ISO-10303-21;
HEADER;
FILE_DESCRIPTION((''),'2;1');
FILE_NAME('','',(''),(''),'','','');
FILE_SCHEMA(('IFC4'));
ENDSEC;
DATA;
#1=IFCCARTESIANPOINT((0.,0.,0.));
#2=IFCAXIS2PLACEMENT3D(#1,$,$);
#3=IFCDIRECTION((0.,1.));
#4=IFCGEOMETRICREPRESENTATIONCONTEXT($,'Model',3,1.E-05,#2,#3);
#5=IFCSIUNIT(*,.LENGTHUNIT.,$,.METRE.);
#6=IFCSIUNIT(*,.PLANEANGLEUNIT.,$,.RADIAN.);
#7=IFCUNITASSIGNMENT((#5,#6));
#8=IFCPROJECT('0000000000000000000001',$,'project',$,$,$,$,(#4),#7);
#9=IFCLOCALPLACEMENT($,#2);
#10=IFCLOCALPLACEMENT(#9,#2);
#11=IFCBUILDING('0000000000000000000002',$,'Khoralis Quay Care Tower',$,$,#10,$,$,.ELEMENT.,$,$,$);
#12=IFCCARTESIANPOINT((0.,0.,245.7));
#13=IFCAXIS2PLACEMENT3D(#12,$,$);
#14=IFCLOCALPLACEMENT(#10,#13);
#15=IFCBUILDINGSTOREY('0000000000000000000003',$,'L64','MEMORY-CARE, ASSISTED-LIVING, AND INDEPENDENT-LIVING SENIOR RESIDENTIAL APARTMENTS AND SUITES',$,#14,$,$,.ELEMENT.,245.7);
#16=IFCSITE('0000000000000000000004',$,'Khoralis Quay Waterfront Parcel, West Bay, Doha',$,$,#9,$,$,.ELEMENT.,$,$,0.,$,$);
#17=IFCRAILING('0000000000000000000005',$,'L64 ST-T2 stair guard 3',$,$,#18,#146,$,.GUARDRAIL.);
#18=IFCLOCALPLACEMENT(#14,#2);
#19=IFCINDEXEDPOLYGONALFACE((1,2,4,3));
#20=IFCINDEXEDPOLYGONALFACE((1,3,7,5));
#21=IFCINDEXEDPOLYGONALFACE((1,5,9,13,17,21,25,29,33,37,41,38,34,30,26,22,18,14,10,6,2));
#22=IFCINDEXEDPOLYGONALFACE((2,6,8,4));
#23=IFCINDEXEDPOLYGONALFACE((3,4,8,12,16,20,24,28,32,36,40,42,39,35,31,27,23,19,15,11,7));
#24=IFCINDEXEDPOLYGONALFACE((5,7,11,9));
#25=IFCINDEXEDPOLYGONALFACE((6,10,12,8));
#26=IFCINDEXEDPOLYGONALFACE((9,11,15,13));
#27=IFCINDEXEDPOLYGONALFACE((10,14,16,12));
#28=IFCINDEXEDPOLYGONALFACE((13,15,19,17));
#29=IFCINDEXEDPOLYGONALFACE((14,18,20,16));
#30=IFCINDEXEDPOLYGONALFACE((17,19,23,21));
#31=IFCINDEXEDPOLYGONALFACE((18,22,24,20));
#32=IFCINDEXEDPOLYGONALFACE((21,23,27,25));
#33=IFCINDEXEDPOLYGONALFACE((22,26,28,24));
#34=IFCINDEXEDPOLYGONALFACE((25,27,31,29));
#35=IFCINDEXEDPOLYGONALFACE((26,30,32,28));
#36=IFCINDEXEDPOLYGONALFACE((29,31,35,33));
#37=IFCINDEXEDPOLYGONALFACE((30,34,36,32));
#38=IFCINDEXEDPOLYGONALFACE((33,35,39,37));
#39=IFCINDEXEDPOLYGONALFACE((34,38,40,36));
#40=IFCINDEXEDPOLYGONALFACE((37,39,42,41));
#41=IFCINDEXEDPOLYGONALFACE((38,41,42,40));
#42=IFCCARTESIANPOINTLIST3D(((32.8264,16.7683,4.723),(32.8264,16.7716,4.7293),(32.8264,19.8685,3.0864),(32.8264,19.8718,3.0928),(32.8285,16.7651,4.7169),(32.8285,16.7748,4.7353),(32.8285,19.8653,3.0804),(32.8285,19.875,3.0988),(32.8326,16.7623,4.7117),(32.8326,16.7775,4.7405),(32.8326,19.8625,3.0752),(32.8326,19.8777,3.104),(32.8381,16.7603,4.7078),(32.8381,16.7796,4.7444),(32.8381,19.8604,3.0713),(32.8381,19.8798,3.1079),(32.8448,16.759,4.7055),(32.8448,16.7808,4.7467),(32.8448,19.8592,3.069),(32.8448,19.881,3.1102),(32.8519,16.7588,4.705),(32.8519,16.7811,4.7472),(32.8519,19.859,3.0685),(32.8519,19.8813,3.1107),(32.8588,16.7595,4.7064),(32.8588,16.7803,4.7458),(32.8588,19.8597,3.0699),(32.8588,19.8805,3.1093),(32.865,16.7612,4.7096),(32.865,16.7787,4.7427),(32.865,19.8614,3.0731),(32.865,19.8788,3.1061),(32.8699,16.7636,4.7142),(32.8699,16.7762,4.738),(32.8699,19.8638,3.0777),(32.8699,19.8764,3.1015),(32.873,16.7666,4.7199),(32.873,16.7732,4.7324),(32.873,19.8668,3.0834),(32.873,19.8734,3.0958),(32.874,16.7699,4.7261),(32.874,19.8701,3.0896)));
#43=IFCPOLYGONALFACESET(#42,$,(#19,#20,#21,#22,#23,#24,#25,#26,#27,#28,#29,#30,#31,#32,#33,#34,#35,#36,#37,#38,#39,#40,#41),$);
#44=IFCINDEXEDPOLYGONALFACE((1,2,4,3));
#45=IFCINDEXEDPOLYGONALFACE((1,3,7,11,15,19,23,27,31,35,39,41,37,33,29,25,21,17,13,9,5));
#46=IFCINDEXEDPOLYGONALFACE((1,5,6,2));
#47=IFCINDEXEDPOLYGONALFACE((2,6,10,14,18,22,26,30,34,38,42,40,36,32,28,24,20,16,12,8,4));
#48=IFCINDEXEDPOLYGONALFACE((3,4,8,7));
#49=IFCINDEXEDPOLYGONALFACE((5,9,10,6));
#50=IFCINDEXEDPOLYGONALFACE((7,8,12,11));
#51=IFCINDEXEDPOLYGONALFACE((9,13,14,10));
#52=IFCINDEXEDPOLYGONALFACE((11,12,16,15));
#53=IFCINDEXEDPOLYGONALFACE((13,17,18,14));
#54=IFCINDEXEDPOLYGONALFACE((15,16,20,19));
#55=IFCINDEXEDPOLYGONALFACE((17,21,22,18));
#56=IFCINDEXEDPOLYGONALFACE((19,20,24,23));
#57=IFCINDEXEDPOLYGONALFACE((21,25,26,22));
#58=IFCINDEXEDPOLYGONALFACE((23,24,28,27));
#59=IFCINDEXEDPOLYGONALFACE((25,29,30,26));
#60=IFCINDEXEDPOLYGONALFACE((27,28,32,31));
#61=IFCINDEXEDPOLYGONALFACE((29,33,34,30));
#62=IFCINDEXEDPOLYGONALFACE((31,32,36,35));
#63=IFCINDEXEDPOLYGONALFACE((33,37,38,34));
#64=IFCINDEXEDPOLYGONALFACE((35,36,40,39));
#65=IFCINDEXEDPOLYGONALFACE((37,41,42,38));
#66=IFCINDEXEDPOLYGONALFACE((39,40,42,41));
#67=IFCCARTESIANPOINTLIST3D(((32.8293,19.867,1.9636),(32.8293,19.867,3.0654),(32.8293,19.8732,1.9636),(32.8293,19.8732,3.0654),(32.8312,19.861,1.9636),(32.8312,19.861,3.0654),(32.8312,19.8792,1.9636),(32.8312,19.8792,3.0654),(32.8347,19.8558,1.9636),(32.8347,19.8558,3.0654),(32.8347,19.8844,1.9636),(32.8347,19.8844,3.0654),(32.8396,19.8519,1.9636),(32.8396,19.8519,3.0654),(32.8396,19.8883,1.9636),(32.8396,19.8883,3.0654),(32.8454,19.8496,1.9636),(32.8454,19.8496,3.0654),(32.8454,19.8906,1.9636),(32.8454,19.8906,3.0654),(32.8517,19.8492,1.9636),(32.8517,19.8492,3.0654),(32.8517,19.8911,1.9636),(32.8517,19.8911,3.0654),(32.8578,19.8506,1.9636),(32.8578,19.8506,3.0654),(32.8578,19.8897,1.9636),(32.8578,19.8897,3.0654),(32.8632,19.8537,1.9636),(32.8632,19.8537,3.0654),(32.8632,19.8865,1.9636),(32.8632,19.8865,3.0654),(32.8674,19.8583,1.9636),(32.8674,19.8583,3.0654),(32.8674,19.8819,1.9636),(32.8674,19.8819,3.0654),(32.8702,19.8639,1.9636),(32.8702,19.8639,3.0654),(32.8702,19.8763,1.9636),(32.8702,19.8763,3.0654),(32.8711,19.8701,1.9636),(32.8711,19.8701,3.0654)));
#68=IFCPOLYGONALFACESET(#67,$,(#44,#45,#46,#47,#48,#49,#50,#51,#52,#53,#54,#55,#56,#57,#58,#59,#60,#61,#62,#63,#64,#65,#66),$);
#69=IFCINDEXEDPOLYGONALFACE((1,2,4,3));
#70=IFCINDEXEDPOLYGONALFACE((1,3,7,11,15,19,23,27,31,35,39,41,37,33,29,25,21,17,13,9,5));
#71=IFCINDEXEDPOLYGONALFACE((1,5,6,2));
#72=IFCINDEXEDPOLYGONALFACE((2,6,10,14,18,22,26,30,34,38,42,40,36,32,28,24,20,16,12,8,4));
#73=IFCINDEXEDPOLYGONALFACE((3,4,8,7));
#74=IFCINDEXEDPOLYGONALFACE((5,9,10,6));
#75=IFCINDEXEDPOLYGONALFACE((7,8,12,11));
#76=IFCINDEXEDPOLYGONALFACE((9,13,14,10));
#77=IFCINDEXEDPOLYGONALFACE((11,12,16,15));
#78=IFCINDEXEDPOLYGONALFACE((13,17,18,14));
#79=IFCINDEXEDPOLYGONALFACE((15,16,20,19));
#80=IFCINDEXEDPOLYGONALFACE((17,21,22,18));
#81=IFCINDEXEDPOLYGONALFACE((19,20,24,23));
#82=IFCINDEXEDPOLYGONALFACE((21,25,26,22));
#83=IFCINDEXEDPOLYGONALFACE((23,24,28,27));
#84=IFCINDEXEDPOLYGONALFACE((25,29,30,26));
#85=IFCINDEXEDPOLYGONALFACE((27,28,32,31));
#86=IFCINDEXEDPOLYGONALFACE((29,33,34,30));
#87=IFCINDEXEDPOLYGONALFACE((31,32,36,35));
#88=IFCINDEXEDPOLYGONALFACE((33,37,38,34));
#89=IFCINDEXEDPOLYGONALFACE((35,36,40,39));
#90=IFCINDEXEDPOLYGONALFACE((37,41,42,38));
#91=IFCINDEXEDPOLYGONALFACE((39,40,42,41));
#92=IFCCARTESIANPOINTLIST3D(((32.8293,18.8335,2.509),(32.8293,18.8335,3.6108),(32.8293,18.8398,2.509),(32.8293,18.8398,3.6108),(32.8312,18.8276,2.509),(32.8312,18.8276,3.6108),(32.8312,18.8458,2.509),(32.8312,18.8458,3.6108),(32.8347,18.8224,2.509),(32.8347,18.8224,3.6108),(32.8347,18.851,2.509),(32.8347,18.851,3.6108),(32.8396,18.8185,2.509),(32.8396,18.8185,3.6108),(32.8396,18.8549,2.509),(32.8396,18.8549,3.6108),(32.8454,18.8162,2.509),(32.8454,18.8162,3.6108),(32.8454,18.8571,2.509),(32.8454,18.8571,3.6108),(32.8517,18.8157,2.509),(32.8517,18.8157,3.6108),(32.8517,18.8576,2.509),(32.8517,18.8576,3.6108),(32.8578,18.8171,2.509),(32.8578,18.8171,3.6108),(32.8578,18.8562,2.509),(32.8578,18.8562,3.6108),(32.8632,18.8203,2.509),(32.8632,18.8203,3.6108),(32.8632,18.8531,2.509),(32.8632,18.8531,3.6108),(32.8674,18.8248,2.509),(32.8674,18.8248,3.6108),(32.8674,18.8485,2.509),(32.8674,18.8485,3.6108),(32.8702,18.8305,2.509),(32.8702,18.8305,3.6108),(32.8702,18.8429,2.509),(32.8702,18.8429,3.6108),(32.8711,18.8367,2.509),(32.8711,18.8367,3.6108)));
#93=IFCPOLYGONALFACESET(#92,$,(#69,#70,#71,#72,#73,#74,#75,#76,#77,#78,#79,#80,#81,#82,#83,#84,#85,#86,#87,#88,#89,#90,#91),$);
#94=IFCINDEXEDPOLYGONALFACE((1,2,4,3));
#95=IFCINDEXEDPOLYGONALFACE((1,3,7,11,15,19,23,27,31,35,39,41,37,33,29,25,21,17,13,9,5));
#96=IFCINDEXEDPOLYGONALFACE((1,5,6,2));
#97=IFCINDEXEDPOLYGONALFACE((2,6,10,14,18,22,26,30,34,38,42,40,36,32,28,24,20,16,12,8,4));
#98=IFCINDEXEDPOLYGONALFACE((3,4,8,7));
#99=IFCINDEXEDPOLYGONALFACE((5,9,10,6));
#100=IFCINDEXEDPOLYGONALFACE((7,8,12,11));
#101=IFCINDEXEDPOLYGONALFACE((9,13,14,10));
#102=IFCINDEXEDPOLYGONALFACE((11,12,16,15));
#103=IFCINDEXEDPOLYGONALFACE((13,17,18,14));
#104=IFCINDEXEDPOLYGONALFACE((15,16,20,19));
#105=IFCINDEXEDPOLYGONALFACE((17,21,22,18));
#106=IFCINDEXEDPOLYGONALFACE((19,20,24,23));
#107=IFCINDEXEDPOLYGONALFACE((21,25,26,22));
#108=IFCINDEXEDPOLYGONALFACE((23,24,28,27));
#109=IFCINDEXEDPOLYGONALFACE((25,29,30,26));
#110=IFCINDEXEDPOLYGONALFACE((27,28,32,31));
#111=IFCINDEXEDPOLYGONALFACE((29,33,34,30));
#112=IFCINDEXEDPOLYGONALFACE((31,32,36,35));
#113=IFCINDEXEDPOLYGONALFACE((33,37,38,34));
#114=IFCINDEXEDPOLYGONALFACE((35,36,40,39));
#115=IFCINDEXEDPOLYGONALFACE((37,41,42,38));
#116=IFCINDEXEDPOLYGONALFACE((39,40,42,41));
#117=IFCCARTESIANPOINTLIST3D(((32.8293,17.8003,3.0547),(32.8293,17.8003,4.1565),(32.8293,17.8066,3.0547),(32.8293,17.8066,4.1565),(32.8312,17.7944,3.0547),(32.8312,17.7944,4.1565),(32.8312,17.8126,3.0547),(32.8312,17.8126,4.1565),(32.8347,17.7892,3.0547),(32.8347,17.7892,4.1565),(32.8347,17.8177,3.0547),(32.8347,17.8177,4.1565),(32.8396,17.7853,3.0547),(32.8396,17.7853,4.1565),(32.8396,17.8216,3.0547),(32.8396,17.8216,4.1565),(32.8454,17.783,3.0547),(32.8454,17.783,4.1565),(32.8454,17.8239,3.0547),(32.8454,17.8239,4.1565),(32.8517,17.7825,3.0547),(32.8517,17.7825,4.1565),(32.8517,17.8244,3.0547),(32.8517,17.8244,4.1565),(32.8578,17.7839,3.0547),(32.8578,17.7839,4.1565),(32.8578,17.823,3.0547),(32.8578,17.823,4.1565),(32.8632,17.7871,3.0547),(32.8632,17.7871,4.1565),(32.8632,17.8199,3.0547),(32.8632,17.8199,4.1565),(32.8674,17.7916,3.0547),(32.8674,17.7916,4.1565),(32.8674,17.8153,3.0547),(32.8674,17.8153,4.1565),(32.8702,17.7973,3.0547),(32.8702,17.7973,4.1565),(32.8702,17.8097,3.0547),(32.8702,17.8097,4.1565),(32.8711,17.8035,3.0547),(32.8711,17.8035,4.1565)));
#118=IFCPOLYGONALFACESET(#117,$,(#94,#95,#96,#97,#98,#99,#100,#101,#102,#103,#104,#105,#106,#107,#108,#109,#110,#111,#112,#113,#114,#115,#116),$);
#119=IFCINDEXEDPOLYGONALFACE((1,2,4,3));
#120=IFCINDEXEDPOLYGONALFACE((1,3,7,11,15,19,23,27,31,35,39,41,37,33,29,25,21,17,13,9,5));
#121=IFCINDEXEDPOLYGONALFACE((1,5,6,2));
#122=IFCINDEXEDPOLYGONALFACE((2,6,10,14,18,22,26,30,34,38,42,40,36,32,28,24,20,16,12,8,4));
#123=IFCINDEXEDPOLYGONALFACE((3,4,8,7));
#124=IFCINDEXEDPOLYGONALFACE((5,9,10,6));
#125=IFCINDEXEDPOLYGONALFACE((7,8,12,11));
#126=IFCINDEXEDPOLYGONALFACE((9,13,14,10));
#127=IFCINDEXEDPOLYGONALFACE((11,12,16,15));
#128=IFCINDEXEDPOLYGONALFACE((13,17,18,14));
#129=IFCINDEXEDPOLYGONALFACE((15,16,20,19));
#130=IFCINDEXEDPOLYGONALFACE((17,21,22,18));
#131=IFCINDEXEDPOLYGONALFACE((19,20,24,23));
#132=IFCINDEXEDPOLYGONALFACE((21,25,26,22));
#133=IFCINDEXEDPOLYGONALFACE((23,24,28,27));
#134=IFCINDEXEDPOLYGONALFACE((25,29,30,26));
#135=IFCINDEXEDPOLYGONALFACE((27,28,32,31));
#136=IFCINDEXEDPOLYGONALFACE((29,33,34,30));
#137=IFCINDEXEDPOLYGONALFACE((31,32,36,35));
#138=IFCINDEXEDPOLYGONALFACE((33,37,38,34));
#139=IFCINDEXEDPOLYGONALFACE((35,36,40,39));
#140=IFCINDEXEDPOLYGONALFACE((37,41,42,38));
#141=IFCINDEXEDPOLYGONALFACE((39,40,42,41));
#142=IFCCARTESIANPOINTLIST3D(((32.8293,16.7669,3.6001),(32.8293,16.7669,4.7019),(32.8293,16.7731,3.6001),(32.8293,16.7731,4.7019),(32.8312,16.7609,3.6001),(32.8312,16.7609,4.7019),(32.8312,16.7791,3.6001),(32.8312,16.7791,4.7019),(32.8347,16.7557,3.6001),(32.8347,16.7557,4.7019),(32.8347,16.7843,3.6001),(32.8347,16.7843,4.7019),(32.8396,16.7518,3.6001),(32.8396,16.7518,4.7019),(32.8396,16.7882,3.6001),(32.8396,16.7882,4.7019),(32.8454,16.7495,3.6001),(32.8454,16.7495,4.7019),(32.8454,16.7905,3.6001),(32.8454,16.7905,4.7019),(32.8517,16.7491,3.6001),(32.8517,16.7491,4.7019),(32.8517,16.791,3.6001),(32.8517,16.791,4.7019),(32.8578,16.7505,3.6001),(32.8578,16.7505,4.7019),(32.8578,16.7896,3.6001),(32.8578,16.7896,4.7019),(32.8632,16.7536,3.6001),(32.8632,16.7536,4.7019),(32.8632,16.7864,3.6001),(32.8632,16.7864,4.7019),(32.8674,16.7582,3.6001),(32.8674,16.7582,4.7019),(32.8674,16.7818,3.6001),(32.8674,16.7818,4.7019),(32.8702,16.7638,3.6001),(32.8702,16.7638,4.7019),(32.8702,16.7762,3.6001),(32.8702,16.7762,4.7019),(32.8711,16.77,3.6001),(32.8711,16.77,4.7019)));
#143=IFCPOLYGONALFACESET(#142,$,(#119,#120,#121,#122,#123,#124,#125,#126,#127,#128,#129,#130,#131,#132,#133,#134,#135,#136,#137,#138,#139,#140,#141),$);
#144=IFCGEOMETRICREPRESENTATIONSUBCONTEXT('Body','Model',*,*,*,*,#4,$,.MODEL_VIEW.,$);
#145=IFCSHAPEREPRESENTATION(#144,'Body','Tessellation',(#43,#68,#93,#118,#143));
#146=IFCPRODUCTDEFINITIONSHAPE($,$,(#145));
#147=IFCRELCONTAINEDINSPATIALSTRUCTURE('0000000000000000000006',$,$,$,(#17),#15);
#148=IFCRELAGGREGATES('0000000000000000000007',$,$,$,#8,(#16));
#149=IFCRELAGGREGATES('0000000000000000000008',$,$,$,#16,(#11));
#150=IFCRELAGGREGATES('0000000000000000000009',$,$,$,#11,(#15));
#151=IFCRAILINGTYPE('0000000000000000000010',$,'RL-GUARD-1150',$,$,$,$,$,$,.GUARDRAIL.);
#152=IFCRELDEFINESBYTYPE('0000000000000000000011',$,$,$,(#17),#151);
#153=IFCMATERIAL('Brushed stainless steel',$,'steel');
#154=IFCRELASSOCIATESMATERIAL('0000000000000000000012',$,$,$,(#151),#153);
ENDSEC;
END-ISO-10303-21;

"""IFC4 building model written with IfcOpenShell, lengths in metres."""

from ifc_helpers import new_model, si_unit, direction, frame, origin, origin_2d, place, context, subcontext, project, spatial, circle, extrude, material, type_object, element, save


model = new_model("IFC4")

# Units and contexts
model_context = context("Model", 3, precision=1e-05, world=origin(), true_north=direction((0.0, 1.0)))
body_context = subcontext(model_context, "Body", "Model", "MODEL_VIEW")
ifc_project = project(units=[si_unit("LENGTHUNIT", "METRE"), si_unit("PLANEANGLEUNIT", "RADIAN")], contexts=[model_context])

# Site, building, storey
site_placement = place(None, origin())
site = spatial("IfcSite", under=ifc_project, at=site_placement, Name="Khoralis Quay Waterfront Parcel, West Bay, Doha", CompositionType="ELEMENT", RefElevation=0.0)
building_placement = place(site_placement, origin())
building = spatial("IfcBuilding", under=site, at=building_placement, Name="Khoralis Quay Care Tower", CompositionType="ELEMENT")
storey_placement = place(building_placement, frame((0.0, 0.0, 245.7)))
storey = spatial("IfcBuildingStorey", under=building, at=storey_placement, Name="L64", Description="MEMORY-CARE, ASSISTED-LIVING, AND INDEPENDENT-LIVING SENIOR RESIDENTIAL APARTMENTS AND SUITES", CompositionType="ELEMENT", Elevation=245.7)

# Shared definitions
ifc_material_1 = material(Name="Brushed stainless steel", Category="steel")

# Railing
railing_type_1 = type_object("IfcRailingType", Name="RL-GUARD-1150", PredefinedType="GUARDRAIL", material=ifc_material_1)
railing_1_placement = place(storey_placement, frame((32.8501, 19.8701, 1.9636)))
element("IfcRailing", 1, at=railing_1_placement, inside=storey, type_object=railing_type_1, Name="L64 ST-T2 stair guard 3", PredefinedType="GUARDRAIL", context=body_context, shape_type="SweptSolid", body=[
    extrude(circle(Radius=0.0239, at=origin_2d()), frame((0.0, 0.0, 1.126), z_axis=(0.0, -0.884348, 0.466828), x_axis=(1.0, 0.0, 0.0)), (0.0, 0.0, 1.0), 3.5056),
    extrude(circle(Radius=0.021, at=origin_2d()), origin(), (0.0, 0.0, 1.0), 1.1018),
    extrude(circle(Radius=0.021, at=origin_2d()), frame((0.0, -1.0334, 0.5454)), (0.0, 0.0, 1.0), 1.1018),
    extrude(circle(Radius=0.021, at=origin_2d()), frame((0.0, -2.0667, 1.0911)), (0.0, 0.0, 1.0), 1.1018),
    extrude(circle(Radius=0.021, at=origin_2d()), frame((0.0, -3.1001, 1.6365)), (0.0, 0.0, 1.0), 1.1018),
])

save(model, "model.ifc")
